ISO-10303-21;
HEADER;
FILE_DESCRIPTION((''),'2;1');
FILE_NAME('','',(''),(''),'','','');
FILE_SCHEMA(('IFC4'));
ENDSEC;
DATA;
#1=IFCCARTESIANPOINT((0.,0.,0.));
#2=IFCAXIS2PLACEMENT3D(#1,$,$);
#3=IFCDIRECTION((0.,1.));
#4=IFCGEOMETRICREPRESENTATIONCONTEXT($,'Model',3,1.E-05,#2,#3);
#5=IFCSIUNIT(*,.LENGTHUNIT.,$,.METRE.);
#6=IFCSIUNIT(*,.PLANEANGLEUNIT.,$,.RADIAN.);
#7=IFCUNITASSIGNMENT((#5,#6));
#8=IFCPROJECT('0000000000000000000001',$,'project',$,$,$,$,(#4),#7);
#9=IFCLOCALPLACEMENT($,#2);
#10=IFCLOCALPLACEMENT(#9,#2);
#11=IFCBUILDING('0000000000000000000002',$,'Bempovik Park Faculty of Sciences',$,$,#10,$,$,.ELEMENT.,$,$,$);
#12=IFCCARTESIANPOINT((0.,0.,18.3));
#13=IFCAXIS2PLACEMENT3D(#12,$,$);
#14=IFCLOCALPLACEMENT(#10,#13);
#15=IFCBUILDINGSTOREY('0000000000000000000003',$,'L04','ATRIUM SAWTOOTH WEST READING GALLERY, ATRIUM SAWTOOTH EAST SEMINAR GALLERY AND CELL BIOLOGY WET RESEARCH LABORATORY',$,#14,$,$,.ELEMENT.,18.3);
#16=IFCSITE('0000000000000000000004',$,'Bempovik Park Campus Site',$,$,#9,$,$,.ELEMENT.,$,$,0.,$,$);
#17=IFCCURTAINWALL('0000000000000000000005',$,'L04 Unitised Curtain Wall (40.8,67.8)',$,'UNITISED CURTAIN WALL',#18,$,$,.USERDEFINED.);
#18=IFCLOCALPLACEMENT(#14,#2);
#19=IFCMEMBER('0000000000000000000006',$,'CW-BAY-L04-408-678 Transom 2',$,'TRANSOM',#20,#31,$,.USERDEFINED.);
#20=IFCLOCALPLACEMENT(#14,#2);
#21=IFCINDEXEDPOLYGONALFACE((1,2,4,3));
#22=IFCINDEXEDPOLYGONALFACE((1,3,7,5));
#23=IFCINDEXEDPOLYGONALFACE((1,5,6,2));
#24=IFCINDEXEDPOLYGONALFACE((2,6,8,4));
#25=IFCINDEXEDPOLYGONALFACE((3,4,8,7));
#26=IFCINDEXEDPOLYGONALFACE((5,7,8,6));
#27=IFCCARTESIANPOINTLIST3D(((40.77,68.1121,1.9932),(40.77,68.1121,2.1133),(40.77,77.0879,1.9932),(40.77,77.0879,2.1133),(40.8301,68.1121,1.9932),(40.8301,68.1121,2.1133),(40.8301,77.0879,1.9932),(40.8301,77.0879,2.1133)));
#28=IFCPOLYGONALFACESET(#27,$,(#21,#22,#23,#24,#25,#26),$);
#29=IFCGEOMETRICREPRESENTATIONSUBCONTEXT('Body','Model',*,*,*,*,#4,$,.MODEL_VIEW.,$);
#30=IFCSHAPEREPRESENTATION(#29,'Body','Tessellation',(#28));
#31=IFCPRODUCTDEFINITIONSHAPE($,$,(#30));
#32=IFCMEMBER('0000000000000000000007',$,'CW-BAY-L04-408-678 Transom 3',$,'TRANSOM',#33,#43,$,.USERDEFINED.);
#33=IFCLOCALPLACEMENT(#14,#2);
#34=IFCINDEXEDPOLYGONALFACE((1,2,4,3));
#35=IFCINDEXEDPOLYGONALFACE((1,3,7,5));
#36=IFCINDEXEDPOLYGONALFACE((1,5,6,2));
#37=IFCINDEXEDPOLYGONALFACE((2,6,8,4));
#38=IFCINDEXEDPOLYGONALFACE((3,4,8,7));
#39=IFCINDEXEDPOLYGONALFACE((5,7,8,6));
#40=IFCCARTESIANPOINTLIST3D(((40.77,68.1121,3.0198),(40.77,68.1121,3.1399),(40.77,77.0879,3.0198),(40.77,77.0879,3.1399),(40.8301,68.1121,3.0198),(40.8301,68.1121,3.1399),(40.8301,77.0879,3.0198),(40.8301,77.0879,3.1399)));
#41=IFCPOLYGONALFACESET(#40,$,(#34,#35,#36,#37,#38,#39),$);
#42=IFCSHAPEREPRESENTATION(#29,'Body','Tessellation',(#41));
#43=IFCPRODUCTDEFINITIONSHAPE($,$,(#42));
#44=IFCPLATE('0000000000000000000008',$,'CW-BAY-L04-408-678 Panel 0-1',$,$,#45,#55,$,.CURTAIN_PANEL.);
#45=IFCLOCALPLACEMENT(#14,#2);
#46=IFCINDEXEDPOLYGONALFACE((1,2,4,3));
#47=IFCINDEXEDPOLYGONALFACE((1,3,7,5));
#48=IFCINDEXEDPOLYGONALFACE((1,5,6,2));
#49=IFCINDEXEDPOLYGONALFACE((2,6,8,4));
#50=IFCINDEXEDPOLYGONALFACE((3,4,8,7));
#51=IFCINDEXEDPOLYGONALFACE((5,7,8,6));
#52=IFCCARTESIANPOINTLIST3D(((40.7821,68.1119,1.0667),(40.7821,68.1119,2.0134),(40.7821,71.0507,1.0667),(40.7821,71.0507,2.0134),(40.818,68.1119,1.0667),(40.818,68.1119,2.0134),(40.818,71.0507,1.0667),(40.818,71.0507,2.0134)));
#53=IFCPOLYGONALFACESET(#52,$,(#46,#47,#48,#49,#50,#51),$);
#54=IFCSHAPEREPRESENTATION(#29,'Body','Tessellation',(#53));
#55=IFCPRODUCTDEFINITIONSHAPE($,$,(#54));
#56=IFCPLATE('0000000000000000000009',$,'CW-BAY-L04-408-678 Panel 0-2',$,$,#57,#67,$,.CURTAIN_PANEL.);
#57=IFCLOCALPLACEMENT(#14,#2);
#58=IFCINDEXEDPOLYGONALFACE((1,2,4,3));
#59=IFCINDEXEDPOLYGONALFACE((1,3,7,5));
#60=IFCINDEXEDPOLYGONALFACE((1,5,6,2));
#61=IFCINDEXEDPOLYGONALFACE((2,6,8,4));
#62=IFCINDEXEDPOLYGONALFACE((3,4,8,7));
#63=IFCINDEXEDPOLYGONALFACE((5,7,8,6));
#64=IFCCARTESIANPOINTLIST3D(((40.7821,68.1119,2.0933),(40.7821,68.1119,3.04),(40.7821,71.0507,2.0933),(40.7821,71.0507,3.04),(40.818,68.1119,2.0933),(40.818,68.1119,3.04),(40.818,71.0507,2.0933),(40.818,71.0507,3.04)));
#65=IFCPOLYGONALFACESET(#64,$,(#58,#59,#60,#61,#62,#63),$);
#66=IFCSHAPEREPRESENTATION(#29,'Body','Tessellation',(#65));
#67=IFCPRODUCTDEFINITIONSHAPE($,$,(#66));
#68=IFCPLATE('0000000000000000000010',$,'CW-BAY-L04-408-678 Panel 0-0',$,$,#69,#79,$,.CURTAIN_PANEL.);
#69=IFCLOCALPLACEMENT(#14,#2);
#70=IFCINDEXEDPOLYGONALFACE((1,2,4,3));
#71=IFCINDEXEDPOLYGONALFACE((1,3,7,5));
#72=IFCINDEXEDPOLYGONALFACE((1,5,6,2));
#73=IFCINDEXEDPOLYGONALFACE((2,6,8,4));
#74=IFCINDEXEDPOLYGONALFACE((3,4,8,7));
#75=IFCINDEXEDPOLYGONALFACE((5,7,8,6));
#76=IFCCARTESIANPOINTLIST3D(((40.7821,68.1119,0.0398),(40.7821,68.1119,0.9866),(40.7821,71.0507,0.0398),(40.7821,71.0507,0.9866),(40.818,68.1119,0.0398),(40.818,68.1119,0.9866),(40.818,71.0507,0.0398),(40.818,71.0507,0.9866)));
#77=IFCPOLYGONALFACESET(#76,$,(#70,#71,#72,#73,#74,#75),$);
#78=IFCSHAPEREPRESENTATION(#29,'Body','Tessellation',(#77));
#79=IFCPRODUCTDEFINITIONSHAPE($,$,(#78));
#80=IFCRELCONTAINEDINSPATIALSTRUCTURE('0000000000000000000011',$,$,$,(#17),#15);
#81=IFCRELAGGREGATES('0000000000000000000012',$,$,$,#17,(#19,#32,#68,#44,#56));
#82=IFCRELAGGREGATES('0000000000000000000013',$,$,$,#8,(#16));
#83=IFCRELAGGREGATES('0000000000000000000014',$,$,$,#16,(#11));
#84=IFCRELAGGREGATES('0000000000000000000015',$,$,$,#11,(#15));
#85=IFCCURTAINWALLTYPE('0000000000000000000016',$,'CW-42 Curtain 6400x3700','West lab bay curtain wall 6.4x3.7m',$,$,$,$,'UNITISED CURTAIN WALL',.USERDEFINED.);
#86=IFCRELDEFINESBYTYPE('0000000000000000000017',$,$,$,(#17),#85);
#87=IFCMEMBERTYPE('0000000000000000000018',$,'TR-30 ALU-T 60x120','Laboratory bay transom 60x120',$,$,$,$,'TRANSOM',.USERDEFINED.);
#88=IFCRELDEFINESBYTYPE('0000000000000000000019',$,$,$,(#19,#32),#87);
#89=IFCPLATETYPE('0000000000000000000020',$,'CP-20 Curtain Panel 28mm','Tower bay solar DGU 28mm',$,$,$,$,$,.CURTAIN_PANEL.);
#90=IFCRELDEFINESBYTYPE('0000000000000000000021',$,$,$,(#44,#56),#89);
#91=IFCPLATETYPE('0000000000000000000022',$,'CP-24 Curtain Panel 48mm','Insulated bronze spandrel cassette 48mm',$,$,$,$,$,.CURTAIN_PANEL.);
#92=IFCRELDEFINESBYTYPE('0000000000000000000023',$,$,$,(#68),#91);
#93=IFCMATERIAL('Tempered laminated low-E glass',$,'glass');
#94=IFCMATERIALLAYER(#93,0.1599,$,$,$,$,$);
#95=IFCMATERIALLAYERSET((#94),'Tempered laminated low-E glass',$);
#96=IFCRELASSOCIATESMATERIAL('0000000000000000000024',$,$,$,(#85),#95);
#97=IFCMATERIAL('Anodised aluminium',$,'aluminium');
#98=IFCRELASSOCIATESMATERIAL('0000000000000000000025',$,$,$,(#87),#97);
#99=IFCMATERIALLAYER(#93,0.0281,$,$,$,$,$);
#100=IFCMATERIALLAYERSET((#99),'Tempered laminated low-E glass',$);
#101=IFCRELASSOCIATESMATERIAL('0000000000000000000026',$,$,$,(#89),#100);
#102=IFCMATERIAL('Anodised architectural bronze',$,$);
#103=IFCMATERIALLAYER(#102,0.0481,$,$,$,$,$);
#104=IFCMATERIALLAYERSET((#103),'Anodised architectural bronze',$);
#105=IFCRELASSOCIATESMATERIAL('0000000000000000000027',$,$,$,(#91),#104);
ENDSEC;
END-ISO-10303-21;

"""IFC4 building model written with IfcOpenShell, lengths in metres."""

from ifc_helpers import new_model, si_unit, direction, frame, origin, origin_2d, place, context, subcontext, project, spatial, rectangle, extrude, material, layer, layer_set, material_profile, profile_set, type_object, element, aggregate, save


model = new_model("IFC4")

# Units and contexts
model_context = context("Model", 3, precision=1e-05, world=origin(), true_north=direction((0.0, 1.0)))
body_context = subcontext(model_context, "Body", "Model", "MODEL_VIEW")
ifc_project = project(units=[si_unit("LENGTHUNIT", "METRE"), si_unit("PLANEANGLEUNIT", "RADIAN")], contexts=[model_context])

# Site, building, storey
site_placement = place(None, origin())
site = spatial("IfcSite", under=ifc_project, at=site_placement, Name="Bempovik Park Campus Site", CompositionType="ELEMENT", RefElevation=0.0)
building_placement = place(site_placement, origin())
building = spatial("IfcBuilding", under=site, at=building_placement, Name="Bempovik Park Faculty of Sciences", CompositionType="ELEMENT")
storey_placement = place(building_placement, frame((0.0, 0.0, 18.3)))
storey = spatial("IfcBuildingStorey", under=building, at=storey_placement, Name="L04", Description="ATRIUM SAWTOOTH WEST READING GALLERY, ATRIUM SAWTOOTH EAST SEMINAR GALLERY AND CELL BIOLOGY WET RESEARCH LABORATORY", CompositionType="ELEMENT", Elevation=18.3)

# Shared definitions
ifc_material_1 = material(Name="Tempered laminated low-E glass", Category="glass")
ifc_layer_1 = layer(ifc_material_1, 0.1599)
ifc_layer_set_1 = layer_set([ifc_layer_1], Name="Tempered laminated low-E glass")
curtain_wall_type = type_object("IfcCurtainWallType", Name="CW-42 Curtain 6400x3700", Description="West lab bay curtain wall 6.4x3.7m", ElementType="UNITISED CURTAIN WALL", PredefinedType="USERDEFINED", material=ifc_layer_set_1)
ifc_material_2 = material(Name="Anodised aluminium", Category="aluminium")

# Curtain wall, members, plates
curtain_wall_1_placement = place(storey_placement, origin())
curtain_wall_1 = element("IfcCurtainWall", 1, at=curtain_wall_1_placement, inside=storey, type_object=curtain_wall_type, Name="L04 Unitised Curtain Wall (40.8,67.8)", ObjectType="UNITISED CURTAIN WALL", PredefinedType="USERDEFINED")
ifc_material_profile_1 = material_profile(ifc_material_2, rectangle(XDim=0.0601, YDim=0.1201, at=origin_2d()), Name="ALU-T 60x120")
ifc_profile_set_1 = profile_set([ifc_material_profile_1], Name="Anodised aluminium")
member_type_1 = type_object("IfcMemberType", Name="TR-30 ALU-T 60x120", Description="Laboratory bay transom 60x120", ElementType="TRANSOM", PredefinedType="USERDEFINED", material=ifc_profile_set_1)
member_1_placement = place(storey_placement, frame((40.8, 68.1121, 2.0532), z_axis=(0.0, 1.0, 0.0), x_axis=(-1.0, 0.0, 0.0)))
member_1 = element("IfcMember", 2, at=member_1_placement, type_object=member_type_1, Name="CW-BAY-L04-408-678 Transom 2", ObjectType="TRANSOM", PredefinedType="USERDEFINED", context=body_context, shape_type="SweptSolid", body=[
    extrude(rectangle(XDim=0.0601, YDim=0.1201, at=origin_2d()), origin(), (0.0, 0.0, 1.0), 8.9758),
])
member_2_placement = place(storey_placement, frame((40.8, 68.1121, 3.0798), z_axis=(0.0, 1.0, 0.0), x_axis=(-1.0, 0.0, 0.0)))
member_2 = element("IfcMember", 3, at=member_2_placement, type_object=member_type_1, Name="CW-BAY-L04-408-678 Transom 3", ObjectType="TRANSOM", PredefinedType="USERDEFINED", context=body_context, shape_type="SweptSolid", body=[
    extrude(rectangle(XDim=0.0601, YDim=0.1201, at=origin_2d()), origin(), (0.0, 0.0, 1.0), 8.9758),
])
ifc_layer_2 = layer(ifc_material_1, 0.0281)
ifc_layer_set_2 = layer_set([ifc_layer_2], Name="Tempered laminated low-E glass")
plate_type_1 = type_object("IfcPlateType", Name="CP-20 Curtain Panel 28mm", Description="Tower bay solar DGU 28mm", PredefinedType="CURTAIN_PANEL", material=ifc_layer_set_2)
plate_1_placement = place(storey_placement, frame((40.8, 69.5813, 1.0667), z_axis=(0.0, 0.0, 1.0), x_axis=(0.0, 1.0, 0.0)))
plate_1 = element("IfcPlate", 4, at=plate_1_placement, type_object=plate_type_1, Name="CW-BAY-L04-408-678 Panel 0-1", PredefinedType="CURTAIN_PANEL", context=body_context, shape_type="SweptSolid", body=[
    extrude(rectangle(XDim=2.9387, YDim=0.0359, at=origin_2d()), origin(), (0.0, 0.0, 1.0), 0.9468),
])
plate_2_placement = place(storey_placement, frame((40.8, 69.5813, 2.0933), z_axis=(0.0, 0.0, 1.0), x_axis=(0.0, 1.0, 0.0)))
plate_2 = element("IfcPlate", 5, at=plate_2_placement, type_object=plate_type_1, Name="CW-BAY-L04-408-678 Panel 0-2", PredefinedType="CURTAIN_PANEL", context=body_context, shape_type="SweptSolid", body=[
    extrude(rectangle(XDim=2.9387, YDim=0.0359, at=origin_2d()), origin(), (0.0, 0.0, 1.0), 0.9468),
])
ifc_material_3 = material(Name="Anodised architectural bronze")
ifc_layer_3 = layer(ifc_material_3, 0.0481)
ifc_layer_set_3 = layer_set([ifc_layer_3], Name="Anodised architectural bronze")
plate_type_2 = type_object("IfcPlateType", Name="CP-24 Curtain Panel 48mm", Description="Insulated bronze spandrel cassette 48mm", PredefinedType="CURTAIN_PANEL", material=ifc_layer_set_3)
plate_3_placement = place(storey_placement, frame((40.8, 69.5813, 0.0398), z_axis=(0.0, 0.0, 1.0), x_axis=(0.0, 1.0, 0.0)))
plate_3 = element("IfcPlate", 6, at=plate_3_placement, type_object=plate_type_2, Name="CW-BAY-L04-408-678 Panel 0-0", PredefinedType="CURTAIN_PANEL", context=body_context, shape_type="SweptSolid", body=[
    extrude(rectangle(XDim=2.9387, YDim=0.0359, at=origin_2d()), origin(), (0.0, 0.0, 1.0), 0.9468),
])
aggregate(curtain_wall_1, [member_1, member_2, plate_3, plate_1, plate_2])

save(model, "model.ifc")
